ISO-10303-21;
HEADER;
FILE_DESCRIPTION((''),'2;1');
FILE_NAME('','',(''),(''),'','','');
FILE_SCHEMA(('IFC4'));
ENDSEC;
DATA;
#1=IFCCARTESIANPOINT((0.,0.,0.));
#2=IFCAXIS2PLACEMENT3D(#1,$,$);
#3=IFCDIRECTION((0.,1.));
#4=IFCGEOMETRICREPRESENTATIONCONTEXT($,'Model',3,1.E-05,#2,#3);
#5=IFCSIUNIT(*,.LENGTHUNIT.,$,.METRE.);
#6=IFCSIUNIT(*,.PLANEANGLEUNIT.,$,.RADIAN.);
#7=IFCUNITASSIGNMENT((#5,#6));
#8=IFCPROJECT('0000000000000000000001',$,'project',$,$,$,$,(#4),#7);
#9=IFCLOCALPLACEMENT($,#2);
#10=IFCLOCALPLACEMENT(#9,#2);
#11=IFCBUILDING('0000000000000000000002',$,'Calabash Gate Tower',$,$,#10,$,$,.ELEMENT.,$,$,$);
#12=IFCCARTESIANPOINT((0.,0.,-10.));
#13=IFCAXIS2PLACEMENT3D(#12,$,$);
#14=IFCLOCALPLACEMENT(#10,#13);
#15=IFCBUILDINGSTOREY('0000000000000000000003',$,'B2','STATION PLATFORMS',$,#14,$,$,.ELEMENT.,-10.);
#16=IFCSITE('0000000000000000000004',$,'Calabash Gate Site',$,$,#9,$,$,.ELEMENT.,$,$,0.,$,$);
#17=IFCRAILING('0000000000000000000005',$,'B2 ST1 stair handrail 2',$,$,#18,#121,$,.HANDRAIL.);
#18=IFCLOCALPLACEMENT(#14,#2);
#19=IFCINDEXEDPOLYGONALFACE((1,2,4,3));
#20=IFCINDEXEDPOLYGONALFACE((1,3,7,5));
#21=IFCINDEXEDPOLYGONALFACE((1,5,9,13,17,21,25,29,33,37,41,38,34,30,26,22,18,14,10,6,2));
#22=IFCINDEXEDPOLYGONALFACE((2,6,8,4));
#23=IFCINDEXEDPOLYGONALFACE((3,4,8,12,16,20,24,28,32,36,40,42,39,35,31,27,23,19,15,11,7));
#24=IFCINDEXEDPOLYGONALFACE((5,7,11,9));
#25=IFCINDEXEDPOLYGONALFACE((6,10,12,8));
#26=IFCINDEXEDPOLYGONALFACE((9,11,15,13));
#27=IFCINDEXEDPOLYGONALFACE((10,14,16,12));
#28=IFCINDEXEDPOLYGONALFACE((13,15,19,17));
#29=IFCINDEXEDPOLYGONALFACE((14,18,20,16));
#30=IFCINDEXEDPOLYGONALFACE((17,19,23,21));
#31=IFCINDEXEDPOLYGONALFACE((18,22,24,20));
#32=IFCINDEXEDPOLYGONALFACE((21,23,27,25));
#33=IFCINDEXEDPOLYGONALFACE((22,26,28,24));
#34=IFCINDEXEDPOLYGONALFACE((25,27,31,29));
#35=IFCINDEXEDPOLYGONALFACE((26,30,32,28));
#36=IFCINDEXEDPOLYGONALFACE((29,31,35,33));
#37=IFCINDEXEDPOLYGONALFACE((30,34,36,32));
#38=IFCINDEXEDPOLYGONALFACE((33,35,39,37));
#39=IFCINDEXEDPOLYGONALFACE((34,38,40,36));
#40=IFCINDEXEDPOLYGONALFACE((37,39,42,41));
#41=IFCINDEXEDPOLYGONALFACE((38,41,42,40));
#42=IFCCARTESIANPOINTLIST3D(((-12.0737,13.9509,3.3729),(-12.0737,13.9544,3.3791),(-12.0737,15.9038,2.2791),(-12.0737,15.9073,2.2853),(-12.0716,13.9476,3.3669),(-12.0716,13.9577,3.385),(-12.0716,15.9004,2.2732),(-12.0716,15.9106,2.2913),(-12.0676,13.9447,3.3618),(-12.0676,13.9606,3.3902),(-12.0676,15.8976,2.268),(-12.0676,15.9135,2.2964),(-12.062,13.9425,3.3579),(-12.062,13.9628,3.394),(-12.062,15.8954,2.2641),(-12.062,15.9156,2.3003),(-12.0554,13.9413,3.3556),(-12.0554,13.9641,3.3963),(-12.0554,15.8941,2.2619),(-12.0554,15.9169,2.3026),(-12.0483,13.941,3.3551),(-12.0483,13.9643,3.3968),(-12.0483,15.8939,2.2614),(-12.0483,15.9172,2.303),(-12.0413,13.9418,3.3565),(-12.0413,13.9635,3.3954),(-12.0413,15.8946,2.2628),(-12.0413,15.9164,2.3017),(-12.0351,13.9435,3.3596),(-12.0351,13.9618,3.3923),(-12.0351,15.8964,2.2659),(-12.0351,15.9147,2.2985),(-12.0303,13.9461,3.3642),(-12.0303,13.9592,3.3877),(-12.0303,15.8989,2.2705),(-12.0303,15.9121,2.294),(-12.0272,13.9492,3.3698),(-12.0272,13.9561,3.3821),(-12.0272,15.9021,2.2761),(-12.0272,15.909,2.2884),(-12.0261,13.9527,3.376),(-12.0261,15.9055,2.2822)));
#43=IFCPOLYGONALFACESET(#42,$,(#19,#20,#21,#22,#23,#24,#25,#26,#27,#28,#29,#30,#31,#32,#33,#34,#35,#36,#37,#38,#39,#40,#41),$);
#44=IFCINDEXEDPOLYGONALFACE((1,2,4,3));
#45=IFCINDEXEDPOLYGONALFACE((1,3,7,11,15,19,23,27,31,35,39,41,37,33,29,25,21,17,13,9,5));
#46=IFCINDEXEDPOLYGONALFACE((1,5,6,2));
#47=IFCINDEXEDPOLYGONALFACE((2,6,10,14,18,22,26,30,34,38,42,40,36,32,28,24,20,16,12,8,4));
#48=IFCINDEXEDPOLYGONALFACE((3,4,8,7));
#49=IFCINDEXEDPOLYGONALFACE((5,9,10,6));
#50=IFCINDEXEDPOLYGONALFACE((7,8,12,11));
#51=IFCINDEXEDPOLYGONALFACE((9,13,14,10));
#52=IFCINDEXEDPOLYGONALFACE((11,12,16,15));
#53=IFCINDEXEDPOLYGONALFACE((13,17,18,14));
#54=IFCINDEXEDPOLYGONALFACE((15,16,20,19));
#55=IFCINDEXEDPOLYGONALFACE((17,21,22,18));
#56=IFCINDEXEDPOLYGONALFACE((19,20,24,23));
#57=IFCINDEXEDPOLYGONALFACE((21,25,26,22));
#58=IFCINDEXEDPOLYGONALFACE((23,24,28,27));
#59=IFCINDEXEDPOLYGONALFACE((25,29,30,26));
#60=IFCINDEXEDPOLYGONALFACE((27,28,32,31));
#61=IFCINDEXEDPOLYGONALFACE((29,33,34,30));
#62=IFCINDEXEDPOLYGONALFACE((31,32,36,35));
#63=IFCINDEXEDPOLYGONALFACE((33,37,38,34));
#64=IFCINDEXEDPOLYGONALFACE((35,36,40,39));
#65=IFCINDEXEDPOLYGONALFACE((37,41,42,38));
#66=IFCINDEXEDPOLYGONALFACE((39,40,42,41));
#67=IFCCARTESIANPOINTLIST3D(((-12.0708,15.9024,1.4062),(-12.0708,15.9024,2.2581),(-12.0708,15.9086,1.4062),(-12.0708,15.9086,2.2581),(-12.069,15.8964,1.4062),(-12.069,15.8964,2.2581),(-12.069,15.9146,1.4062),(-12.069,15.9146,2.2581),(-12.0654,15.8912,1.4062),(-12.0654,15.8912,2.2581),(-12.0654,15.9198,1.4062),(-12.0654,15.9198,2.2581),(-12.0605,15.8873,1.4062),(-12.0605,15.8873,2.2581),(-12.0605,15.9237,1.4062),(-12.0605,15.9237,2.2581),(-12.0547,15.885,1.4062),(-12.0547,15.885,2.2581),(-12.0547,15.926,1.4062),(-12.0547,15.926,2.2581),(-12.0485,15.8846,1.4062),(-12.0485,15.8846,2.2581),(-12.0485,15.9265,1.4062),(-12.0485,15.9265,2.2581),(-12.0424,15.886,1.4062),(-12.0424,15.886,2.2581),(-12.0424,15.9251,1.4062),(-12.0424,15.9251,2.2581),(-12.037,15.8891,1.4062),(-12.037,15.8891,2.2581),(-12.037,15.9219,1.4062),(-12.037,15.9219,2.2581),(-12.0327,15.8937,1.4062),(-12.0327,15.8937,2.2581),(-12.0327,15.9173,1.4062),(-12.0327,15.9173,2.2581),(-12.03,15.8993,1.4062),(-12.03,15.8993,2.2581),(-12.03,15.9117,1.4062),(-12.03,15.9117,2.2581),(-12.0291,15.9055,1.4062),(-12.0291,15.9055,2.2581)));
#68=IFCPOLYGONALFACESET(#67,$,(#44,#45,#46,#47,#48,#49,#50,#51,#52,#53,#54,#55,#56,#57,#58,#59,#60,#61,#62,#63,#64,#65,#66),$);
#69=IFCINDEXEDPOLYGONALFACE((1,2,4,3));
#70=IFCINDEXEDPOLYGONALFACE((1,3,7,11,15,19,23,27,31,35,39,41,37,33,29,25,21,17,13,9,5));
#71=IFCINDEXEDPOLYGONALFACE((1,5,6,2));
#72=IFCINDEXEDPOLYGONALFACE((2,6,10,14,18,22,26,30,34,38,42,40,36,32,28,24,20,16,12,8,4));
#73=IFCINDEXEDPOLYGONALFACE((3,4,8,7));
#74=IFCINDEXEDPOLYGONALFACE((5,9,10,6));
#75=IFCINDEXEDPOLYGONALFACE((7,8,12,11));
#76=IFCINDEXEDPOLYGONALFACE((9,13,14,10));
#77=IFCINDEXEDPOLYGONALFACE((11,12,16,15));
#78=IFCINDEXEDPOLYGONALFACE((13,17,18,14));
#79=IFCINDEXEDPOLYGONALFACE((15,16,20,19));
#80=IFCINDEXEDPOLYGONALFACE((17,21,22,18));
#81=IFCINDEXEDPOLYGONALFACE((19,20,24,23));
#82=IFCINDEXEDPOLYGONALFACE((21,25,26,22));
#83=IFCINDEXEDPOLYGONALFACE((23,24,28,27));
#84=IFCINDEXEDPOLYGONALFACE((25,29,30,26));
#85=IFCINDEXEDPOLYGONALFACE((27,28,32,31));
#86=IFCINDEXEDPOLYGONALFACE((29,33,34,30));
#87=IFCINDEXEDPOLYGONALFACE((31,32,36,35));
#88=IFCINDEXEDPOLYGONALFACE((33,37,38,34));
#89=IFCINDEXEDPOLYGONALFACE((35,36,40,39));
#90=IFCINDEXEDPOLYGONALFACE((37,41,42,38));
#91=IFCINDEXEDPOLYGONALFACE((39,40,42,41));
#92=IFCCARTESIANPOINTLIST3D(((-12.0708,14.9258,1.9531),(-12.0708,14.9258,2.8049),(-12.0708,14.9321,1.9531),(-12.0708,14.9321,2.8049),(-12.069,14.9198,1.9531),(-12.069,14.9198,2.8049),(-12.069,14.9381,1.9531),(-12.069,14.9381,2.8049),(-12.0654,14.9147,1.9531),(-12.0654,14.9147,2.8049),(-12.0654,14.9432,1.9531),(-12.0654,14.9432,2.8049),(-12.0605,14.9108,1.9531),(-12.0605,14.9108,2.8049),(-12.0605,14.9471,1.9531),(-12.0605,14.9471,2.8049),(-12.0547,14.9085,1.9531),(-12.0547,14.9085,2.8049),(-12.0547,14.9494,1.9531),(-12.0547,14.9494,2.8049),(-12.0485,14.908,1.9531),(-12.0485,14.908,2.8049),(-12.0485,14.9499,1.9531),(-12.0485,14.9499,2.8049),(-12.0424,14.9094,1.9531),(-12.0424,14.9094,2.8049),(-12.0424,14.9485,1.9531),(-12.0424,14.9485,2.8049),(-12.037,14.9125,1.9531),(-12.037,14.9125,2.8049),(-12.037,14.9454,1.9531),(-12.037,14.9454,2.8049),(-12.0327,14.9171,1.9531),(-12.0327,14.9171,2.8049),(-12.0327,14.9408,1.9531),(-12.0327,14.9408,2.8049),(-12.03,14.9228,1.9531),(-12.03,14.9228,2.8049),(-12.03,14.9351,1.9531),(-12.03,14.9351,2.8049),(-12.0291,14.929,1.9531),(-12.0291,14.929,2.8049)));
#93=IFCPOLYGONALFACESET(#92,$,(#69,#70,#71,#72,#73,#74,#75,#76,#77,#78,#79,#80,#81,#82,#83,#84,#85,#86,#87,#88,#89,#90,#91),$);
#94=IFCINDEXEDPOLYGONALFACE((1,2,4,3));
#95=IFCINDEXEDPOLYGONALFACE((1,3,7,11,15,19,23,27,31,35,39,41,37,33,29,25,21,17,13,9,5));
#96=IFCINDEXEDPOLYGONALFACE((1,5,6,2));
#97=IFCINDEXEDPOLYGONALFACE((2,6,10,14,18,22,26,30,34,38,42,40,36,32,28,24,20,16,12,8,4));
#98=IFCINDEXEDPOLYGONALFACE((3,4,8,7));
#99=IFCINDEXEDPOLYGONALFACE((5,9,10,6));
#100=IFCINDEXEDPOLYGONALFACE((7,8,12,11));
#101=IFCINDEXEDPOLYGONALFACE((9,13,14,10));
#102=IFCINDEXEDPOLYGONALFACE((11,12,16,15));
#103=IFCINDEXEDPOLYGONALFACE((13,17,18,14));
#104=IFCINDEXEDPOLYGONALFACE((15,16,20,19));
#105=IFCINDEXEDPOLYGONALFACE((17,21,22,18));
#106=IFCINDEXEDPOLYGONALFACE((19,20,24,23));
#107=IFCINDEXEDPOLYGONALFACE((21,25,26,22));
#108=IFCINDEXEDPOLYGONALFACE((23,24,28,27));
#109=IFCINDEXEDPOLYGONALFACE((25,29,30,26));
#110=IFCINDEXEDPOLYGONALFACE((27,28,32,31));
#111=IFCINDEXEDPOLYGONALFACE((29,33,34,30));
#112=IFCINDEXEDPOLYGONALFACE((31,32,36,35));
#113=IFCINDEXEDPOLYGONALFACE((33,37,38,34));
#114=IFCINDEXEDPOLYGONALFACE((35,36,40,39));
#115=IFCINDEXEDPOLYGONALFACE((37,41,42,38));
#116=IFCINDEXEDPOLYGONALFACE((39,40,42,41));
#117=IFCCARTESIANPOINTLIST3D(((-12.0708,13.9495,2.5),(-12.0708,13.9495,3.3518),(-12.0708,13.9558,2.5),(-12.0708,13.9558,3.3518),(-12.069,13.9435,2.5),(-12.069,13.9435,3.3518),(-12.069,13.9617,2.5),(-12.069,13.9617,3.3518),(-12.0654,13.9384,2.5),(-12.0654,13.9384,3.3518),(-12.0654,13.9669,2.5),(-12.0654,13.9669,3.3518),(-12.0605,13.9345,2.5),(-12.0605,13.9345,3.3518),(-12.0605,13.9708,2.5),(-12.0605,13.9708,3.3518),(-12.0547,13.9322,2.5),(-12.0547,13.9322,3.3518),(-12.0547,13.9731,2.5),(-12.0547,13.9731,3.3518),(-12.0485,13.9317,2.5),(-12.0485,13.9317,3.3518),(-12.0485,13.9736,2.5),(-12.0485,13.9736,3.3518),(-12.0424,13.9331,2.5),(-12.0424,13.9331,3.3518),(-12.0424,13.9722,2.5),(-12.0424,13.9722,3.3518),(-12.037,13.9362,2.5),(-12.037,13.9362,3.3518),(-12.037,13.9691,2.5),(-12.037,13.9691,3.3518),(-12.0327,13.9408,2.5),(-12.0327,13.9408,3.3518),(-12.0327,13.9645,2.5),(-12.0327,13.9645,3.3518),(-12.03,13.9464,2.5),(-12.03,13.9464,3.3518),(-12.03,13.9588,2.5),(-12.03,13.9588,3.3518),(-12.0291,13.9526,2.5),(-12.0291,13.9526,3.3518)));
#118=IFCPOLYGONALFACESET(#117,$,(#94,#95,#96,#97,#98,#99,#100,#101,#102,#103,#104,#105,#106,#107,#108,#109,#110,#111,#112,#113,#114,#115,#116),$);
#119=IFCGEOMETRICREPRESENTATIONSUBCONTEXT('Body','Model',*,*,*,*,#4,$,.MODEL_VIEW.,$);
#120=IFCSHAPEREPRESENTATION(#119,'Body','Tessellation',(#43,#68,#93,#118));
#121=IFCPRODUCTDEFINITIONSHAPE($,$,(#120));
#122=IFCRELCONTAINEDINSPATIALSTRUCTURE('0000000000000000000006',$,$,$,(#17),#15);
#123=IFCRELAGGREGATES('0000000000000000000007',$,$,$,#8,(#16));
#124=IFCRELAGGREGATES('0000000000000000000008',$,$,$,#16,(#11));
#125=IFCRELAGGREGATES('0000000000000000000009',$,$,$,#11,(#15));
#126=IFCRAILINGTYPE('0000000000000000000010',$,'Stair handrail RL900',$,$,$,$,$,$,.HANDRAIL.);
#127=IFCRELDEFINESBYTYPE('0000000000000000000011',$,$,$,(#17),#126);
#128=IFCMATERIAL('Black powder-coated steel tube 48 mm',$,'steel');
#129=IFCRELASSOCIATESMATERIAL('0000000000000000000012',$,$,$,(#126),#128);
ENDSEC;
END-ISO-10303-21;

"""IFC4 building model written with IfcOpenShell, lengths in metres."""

from ifc_helpers import new_model, si_unit, direction, frame, origin, origin_2d, place, context, subcontext, project, spatial, circle, extrude, material, type_object, element, save


model = new_model("IFC4")

# Units and contexts
model_context = context("Model", 3, precision=1e-05, world=origin(), true_north=direction((0.0, 1.0)))
body_context = subcontext(model_context, "Body", "Model", "MODEL_VIEW")
ifc_project = project(units=[si_unit("LENGTHUNIT", "METRE"), si_unit("PLANEANGLEUNIT", "RADIAN")], contexts=[model_context])

# Site, building, storey
site_placement = place(None, origin())
site = spatial("IfcSite", under=ifc_project, at=site_placement, Name="Calabash Gate Site", CompositionType="ELEMENT", RefElevation=0.0)
building_placement = place(site_placement, origin())
building = spatial("IfcBuilding", under=site, at=building_placement, Name="Calabash Gate Tower", CompositionType="ELEMENT")
storey_placement = place(building_placement, frame((0.0, 0.0, -10.0)))
storey = spatial("IfcBuildingStorey", under=building, at=storey_placement, Name="B2", Description="STATION PLATFORMS", CompositionType="ELEMENT", Elevation=-10.0)

# Railing
ifc_material_1 = material(Name="Black powder-coated steel tube 48 mm", Category="steel")
railing_type_1 = type_object("IfcRailingType", Name="Stair handrail RL900", PredefinedType="HANDRAIL", material=ifc_material_1)
railing_1_placement = place(storey_placement, frame((-12.05, 15.9055, 1.4062)))
element("IfcRailing", 1, at=railing_1_placement, inside=storey, type_object=railing_type_1, Name="B2 ST1 stair handrail 2", PredefinedType="HANDRAIL", context=body_context, shape_type="SweptSolid", body=[
    extrude(circle(Radius=0.0239, at=origin_2d()), frame((0.0, 0.0, 0.876), z_axis=(0.0, -0.87248, 0.48865), x_axis=(1.0, 0.0, 0.0)), (0.0, 0.0, 1.0), 2.2383),
    extrude(circle(Radius=0.021, at=origin_2d()), origin(), (0.0, 0.0, 1.0), 0.8518),
    extrude(circle(Radius=0.021, at=origin_2d()), frame((0.0, -0.9766, 0.5469)), (0.0, 0.0, 1.0), 0.8518),
    extrude(circle(Radius=0.021, at=origin_2d()), frame((0.0, -1.9529, 1.0938)), (0.0, 0.0, 1.0), 0.8518),
])

save(model, "model.ifc")
